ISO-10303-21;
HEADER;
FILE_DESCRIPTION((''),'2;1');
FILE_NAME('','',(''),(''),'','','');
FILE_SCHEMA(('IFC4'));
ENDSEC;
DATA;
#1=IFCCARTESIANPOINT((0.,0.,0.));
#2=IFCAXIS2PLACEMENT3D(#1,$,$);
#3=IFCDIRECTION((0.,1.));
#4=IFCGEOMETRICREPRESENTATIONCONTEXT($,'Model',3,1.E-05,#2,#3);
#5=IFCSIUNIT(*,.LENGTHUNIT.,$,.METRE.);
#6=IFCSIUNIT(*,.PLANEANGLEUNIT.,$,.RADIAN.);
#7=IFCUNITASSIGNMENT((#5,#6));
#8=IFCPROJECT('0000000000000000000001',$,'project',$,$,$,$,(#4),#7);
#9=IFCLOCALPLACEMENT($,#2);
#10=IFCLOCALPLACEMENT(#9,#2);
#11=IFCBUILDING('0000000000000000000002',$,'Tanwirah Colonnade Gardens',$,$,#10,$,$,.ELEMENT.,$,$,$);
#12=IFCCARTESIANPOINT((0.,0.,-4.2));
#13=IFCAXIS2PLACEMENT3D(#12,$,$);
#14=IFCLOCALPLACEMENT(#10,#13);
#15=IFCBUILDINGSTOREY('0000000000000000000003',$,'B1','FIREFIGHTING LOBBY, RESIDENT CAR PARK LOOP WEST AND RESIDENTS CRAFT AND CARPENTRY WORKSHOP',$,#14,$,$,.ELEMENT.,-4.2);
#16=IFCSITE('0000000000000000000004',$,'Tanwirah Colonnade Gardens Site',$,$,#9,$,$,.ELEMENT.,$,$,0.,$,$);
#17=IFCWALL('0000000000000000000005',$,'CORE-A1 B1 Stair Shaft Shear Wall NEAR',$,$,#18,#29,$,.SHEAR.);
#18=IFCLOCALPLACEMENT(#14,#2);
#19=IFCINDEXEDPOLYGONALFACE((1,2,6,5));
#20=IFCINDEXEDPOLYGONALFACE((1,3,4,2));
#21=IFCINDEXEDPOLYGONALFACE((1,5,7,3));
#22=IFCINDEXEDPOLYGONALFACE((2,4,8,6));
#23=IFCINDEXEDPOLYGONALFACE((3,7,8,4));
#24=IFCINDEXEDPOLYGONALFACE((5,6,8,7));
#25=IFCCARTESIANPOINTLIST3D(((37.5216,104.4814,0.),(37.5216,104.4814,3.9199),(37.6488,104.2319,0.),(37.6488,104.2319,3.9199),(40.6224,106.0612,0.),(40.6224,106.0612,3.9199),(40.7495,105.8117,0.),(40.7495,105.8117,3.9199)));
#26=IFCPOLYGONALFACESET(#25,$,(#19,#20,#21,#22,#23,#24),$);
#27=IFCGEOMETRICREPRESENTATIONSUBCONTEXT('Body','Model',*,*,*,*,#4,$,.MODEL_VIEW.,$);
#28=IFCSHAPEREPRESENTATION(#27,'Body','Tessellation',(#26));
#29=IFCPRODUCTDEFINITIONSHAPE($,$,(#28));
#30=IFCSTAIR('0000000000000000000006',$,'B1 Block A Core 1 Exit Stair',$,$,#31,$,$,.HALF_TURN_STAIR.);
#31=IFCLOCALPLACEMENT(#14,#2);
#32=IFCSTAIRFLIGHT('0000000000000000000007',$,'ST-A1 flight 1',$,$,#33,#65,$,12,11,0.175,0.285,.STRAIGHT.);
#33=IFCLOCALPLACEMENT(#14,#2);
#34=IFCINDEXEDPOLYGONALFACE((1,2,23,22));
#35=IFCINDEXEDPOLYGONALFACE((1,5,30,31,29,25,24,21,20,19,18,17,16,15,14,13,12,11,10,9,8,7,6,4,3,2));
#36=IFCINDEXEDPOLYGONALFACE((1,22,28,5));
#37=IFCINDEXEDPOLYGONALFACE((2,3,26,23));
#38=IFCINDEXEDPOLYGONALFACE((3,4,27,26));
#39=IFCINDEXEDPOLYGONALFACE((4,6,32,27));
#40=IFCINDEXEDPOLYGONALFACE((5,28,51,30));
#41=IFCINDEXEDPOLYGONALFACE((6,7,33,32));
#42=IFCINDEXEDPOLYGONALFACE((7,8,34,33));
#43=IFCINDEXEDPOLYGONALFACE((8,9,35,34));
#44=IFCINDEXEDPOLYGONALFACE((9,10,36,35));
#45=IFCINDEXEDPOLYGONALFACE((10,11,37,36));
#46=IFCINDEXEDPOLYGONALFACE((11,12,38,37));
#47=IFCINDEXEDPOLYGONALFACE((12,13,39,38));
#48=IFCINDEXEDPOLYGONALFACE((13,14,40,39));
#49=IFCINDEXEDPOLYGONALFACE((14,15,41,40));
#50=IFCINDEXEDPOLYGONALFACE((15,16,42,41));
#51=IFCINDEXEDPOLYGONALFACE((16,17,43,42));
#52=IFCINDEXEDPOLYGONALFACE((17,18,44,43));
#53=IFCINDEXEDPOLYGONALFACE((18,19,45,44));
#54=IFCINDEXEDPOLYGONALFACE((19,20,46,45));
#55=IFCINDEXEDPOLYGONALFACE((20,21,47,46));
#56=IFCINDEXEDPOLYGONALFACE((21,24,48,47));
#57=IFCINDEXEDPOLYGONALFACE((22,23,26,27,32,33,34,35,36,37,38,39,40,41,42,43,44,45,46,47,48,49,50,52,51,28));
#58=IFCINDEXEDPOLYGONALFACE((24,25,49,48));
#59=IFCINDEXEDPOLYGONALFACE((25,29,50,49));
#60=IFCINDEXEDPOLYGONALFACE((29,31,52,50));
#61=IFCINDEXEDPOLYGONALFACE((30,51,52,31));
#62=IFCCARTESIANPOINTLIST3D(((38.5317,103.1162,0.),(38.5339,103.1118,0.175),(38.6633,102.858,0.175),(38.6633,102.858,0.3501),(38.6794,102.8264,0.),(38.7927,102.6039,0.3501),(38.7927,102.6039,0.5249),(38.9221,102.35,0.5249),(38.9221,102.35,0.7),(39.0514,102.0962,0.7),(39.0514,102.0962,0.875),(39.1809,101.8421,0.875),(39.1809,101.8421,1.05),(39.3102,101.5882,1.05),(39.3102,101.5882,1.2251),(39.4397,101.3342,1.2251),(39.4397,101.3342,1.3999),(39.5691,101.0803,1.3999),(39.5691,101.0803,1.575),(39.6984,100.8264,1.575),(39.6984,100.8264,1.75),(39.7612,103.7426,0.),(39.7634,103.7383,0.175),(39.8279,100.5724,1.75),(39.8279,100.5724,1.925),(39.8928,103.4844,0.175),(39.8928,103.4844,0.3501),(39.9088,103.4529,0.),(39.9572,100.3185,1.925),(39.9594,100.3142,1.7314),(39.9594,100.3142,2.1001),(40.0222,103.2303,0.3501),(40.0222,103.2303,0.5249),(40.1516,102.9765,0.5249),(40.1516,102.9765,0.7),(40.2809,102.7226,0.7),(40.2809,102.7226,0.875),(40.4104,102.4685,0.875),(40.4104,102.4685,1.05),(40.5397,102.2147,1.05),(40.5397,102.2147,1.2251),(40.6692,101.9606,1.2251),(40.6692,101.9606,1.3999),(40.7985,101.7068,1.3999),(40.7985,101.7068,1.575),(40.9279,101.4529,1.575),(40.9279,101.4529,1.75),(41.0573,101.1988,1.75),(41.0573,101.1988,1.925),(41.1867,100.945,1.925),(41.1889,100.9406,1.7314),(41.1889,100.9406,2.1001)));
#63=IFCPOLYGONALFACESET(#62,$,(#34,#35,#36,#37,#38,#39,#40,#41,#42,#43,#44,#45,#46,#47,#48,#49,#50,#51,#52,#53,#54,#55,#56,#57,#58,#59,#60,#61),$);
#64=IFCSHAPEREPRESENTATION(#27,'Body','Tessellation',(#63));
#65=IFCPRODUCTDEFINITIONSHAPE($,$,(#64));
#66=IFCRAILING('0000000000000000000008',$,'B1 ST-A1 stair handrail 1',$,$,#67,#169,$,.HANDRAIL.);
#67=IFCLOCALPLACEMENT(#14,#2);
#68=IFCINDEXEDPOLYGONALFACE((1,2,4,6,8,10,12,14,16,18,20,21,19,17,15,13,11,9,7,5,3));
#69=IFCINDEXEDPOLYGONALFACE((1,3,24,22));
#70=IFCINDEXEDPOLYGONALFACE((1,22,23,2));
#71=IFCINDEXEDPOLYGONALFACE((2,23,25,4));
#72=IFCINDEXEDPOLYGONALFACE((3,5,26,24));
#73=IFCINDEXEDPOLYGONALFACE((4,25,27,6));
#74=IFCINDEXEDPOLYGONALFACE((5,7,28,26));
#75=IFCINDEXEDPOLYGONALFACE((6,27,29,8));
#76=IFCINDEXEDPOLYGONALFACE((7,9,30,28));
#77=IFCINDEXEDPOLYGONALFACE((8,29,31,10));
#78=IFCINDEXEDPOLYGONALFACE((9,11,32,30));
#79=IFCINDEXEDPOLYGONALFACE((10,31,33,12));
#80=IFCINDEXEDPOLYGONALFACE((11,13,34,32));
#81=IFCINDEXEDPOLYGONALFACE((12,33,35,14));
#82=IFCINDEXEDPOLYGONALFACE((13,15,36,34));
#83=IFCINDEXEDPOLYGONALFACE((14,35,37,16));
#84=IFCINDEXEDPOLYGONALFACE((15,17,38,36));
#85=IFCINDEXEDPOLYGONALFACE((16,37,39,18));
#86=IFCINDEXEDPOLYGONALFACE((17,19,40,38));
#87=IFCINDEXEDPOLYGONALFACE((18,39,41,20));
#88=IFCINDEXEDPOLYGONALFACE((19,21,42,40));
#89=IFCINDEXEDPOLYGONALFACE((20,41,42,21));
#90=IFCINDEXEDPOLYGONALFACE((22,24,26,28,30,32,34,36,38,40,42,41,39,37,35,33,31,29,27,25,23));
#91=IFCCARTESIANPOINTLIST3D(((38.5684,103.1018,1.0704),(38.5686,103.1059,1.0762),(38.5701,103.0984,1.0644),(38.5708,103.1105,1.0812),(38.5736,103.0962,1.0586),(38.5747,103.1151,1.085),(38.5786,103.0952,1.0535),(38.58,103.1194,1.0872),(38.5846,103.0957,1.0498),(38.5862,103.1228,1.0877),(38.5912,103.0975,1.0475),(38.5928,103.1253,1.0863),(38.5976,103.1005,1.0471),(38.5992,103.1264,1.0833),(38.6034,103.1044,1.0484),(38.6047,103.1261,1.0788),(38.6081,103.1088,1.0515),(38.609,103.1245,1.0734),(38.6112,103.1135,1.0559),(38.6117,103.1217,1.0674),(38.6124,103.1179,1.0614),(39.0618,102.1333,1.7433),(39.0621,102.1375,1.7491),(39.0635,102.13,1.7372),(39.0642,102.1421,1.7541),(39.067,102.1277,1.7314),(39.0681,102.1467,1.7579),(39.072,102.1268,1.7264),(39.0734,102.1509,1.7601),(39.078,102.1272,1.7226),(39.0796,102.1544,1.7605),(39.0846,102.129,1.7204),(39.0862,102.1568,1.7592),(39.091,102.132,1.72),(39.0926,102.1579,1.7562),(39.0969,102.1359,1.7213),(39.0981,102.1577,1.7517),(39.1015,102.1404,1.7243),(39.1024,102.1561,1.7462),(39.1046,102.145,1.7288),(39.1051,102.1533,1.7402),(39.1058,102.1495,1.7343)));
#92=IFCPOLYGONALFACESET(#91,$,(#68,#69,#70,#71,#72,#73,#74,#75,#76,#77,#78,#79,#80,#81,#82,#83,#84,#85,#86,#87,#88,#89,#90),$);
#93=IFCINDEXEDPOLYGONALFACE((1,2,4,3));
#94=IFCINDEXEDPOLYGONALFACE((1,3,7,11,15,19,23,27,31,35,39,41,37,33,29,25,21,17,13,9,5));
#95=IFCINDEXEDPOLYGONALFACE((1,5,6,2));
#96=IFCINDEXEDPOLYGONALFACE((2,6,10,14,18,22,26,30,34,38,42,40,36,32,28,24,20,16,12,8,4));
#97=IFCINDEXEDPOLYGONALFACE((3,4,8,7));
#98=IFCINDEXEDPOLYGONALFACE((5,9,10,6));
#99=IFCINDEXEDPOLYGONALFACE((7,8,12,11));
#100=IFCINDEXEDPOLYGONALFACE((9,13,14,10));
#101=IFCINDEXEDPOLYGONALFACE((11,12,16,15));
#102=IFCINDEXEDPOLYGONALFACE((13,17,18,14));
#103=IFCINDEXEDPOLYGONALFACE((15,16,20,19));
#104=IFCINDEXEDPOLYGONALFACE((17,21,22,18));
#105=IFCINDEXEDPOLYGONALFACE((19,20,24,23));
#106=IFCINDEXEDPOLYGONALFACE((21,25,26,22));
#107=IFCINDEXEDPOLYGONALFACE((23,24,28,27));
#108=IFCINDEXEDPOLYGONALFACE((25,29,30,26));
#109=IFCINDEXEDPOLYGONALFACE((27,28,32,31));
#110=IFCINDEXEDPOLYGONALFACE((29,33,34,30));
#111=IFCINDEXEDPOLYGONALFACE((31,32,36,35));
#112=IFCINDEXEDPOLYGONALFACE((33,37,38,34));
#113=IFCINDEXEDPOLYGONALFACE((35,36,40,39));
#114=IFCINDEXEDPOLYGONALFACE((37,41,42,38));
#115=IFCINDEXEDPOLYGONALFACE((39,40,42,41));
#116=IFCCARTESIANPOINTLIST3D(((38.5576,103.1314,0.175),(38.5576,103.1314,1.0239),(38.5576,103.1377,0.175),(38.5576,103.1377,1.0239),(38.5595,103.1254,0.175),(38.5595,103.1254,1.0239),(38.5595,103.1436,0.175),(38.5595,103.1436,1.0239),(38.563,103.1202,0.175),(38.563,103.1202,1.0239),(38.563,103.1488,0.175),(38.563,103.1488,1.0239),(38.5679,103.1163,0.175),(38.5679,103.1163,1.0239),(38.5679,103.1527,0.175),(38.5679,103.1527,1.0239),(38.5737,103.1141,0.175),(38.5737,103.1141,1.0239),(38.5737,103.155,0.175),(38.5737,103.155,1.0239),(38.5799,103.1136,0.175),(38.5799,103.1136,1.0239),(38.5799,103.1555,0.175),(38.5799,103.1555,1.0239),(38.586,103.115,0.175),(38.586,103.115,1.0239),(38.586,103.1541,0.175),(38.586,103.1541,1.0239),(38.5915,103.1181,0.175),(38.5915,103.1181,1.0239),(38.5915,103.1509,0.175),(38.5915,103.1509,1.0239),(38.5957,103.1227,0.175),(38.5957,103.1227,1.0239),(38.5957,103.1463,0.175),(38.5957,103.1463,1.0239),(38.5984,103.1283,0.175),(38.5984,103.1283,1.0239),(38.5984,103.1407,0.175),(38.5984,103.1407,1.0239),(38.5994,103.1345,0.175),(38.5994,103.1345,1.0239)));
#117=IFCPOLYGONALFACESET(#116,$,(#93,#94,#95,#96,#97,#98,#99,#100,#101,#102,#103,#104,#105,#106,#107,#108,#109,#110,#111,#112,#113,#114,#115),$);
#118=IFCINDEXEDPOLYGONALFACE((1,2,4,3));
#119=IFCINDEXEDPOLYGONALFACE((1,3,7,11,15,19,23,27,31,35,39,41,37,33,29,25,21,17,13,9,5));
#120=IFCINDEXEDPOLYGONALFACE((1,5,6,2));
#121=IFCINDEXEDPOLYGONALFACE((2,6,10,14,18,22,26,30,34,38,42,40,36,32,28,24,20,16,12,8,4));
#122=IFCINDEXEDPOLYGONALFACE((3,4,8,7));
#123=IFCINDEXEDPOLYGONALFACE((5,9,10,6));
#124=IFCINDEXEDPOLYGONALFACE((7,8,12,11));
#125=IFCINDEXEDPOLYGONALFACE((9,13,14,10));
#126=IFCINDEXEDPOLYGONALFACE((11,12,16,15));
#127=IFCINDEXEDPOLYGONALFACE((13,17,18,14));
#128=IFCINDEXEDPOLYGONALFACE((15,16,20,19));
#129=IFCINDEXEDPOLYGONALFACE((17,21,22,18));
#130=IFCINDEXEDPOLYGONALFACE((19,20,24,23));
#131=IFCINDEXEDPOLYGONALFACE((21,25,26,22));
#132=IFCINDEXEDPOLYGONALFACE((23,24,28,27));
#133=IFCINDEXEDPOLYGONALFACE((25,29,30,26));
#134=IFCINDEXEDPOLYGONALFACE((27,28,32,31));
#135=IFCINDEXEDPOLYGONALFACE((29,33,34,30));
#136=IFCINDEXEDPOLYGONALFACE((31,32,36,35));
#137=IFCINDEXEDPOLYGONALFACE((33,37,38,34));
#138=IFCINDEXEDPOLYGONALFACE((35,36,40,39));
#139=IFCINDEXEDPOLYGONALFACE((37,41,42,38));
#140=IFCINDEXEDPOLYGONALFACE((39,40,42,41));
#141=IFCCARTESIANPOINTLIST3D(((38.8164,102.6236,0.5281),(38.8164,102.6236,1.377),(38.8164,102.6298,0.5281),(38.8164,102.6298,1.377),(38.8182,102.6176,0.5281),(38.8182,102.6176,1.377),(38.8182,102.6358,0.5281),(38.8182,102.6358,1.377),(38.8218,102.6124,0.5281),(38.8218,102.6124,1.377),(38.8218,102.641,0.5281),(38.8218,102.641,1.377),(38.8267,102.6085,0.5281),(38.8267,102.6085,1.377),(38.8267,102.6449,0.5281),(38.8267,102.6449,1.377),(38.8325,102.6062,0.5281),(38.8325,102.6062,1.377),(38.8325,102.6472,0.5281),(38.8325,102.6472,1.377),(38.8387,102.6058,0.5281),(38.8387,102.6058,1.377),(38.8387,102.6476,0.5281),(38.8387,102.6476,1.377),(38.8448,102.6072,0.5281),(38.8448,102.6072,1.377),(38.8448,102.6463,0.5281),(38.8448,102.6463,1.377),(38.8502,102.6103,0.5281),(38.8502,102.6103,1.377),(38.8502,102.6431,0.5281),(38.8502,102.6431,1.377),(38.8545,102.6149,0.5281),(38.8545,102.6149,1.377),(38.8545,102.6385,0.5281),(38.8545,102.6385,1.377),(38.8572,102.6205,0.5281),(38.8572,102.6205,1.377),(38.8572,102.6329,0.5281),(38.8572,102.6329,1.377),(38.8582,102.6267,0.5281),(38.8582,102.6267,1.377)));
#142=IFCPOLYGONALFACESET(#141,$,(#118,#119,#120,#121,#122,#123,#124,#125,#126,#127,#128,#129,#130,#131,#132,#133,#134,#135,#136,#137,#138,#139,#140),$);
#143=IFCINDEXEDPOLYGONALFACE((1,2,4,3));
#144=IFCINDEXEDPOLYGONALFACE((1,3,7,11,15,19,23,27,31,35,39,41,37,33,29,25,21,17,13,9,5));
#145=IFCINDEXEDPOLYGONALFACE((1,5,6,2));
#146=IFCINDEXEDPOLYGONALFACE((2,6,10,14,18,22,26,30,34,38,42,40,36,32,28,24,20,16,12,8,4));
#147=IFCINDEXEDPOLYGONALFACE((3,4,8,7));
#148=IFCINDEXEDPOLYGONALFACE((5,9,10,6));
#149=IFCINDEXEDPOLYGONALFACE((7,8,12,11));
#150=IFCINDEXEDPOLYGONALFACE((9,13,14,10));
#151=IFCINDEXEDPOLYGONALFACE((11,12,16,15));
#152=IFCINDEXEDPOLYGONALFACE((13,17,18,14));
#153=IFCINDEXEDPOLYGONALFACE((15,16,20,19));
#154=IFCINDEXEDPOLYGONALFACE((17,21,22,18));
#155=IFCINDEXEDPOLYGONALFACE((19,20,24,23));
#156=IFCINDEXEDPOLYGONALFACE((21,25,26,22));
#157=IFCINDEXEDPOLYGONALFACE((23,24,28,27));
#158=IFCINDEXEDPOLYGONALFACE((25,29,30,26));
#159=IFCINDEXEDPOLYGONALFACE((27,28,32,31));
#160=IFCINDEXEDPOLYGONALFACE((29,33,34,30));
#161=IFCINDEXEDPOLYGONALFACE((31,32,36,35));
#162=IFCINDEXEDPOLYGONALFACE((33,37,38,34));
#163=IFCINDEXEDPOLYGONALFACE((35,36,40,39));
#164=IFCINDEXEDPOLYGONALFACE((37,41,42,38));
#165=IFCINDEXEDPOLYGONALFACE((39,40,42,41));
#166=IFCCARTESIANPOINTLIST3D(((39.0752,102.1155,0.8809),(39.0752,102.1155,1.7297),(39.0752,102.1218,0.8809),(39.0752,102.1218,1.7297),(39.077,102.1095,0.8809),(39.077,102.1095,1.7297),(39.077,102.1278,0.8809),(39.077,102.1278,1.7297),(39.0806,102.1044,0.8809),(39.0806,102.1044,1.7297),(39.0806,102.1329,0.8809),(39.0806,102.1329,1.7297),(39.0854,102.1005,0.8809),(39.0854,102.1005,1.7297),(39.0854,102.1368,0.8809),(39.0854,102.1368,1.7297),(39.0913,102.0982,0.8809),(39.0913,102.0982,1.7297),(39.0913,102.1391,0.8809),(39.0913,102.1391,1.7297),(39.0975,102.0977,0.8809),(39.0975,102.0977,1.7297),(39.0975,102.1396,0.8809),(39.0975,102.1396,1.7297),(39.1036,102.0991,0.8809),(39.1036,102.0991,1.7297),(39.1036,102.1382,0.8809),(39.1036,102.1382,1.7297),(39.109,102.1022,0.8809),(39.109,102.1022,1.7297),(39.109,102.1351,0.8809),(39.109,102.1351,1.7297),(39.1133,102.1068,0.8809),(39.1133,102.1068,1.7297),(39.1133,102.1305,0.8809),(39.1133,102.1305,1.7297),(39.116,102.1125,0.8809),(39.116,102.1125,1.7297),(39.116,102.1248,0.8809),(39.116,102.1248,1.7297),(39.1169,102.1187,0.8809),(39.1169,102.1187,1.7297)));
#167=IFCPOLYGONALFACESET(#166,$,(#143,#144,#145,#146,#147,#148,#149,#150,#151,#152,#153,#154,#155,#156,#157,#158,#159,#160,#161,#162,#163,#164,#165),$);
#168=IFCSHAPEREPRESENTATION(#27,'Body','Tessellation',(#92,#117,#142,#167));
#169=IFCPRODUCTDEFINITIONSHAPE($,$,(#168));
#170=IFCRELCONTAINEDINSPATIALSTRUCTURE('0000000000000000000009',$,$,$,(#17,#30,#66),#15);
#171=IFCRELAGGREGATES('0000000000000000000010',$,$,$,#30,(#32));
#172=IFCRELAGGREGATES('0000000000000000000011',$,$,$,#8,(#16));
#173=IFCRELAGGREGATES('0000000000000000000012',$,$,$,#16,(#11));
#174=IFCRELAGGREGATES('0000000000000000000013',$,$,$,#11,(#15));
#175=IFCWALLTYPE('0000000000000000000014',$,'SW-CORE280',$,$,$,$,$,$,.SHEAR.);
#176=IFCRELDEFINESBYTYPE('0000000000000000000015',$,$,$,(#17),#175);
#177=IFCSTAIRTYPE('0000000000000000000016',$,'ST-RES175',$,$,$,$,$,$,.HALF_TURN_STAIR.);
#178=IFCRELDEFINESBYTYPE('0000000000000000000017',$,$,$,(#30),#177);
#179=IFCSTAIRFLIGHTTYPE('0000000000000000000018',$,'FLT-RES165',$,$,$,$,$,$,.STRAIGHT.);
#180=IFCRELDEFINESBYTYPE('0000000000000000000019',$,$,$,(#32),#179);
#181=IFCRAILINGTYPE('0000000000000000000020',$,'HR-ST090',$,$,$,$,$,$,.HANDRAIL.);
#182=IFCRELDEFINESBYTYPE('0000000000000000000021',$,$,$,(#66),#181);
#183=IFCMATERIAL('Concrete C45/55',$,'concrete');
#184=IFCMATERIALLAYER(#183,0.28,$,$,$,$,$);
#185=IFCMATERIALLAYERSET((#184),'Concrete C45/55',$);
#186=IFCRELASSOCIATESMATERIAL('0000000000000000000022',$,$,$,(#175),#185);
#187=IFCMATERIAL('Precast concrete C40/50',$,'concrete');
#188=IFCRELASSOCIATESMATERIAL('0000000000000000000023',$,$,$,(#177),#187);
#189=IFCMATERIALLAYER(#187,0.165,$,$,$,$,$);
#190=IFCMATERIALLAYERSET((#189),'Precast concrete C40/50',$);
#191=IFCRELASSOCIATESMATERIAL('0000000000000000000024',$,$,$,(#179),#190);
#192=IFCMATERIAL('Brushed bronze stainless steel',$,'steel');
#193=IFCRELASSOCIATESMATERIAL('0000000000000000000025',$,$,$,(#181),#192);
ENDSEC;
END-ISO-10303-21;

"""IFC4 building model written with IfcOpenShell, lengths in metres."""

from ifc_helpers import new_model, si_unit, direction, frame, frame_2d, origin, origin_2d, place, context, subcontext, project, spatial, polyline, rectangle, circle, outline, extrude, material, layer, layer_set, type_object, element, aggregate, save


model = new_model("IFC4")

# Units and contexts
model_context = context("Model", 3, precision=1e-05, world=origin(), true_north=direction((0.0, 1.0)))
body_context = subcontext(model_context, "Body", "Model", "MODEL_VIEW")
ifc_project = project(units=[si_unit("LENGTHUNIT", "METRE"), si_unit("PLANEANGLEUNIT", "RADIAN")], contexts=[model_context])

# Site, building, storey
site_placement = place(None, origin())
site = spatial("IfcSite", under=ifc_project, at=site_placement, Name="Tanwirah Colonnade Gardens Site", CompositionType="ELEMENT", RefElevation=0.0)
building_placement = place(site_placement, origin())
building = spatial("IfcBuilding", under=site, at=building_placement, Name="Tanwirah Colonnade Gardens", CompositionType="ELEMENT")
storey_placement = place(building_placement, frame((0.0, 0.0, -4.2)))
storey = spatial("IfcBuildingStorey", under=building, at=storey_placement, Name="B1", Description="FIREFIGHTING LOBBY, RESIDENT CAR PARK LOOP WEST AND RESIDENTS CRAFT AND CARPENTRY WORKSHOP", CompositionType="ELEMENT", Elevation=-4.2)

# Shared definitions
ifc_material_1 = material(Name="Concrete C45/55", Category="concrete")

# Shared definitions
ifc_material_2 = material(Name="Precast concrete C40/50", Category="concrete")

# Wall
ifc_layer_1 = layer(ifc_material_1, 0.28)
ifc_layer_set_1 = layer_set([ifc_layer_1], Name="Concrete C45/55")
wall_type = type_object("IfcWallType", Name="SW-CORE280", PredefinedType="SHEAR", material=ifc_layer_set_1)
wall_1_placement = place(storey_placement, frame((37.5852, 104.3567, 0.0), z_axis=(0.0, 0.0, 1.0), x_axis=(0.89102, 0.453964, 0.0)))
element("IfcWall", 1, at=wall_1_placement, inside=storey, type_object=wall_type, Name="CORE-A1 B1 Stair Shaft Shear Wall NEAR", PredefinedType="SHEAR", context=body_context, shape_type="SweptSolid", body=[
    extrude(rectangle(XDim=3.48, YDim=0.28, at=frame_2d((1.74, 0.0))), origin(), (0.0, 0.0, 1.0), 3.9199),
])

# Stair, stair flight
stair_type = type_object("IfcStairType", Name="ST-RES175", PredefinedType="HALF_TURN_STAIR", material=ifc_material_2)
stair_placement = place(storey_placement, origin())
stair = element("IfcStair", 2, at=stair_placement, inside=storey, type_object=stair_type, Name="B1 Block A Core 1 Exit Stair", PredefinedType="HALF_TURN_STAIR")
ifc_layer_2 = layer(ifc_material_2, 0.165)
ifc_layer_set_2 = layer_set([ifc_layer_2], Name="Precast concrete C40/50")
stair_flight_type = type_object("IfcStairFlightType", Name="FLT-RES165", PredefinedType="STRAIGHT", material=ifc_layer_set_2)
stair_flight_placement = place(storey_placement, frame((39.1487, 103.425, 0.0), z_axis=(0.0, 0.0, 1.0), x_axis=(0.45399, -0.891007, 0.0)))
stair_flight = element("IfcStairFlight", 3, at=stair_flight_placement, type_object=stair_flight_type, Name="ST-A1 flight 1", NumberOfRisers=12, NumberOfTreads=11, PredefinedType="STRAIGHT", RiserHeight=0.175, TreadLength=0.285, context=body_context, shape_type="SweptSolid", body=[
    extrude(outline(polyline([(-0.0049, 0.0), (0.0, 0.175), (0.2849, 0.175), (0.2849, 0.3501), (0.5701, 0.3501), (0.5701, 0.5249), (0.855, 0.5249), (0.855, 0.7), (1.1399, 0.7), (1.1399, 0.875), (1.425, 0.875), (1.425, 1.05), (1.71, 1.05), (1.71, 1.2251), (1.9951, 1.2251), (1.9951, 1.3999), (2.28, 1.3999), (2.28, 1.575), (2.5649, 1.575), (2.5649, 1.75), (2.8501, 1.75), (2.8501, 1.925), (3.135, 1.925), (3.1399, 2.1001), (3.1399, 1.7314), (0.3203, 0.0), (-0.0049, 0.0)])), frame((0.0, 0.6899, 0.0), z_axis=(0.0, -1.0, 0.0), x_axis=(1.0, 0.0, 0.0)), (0.0, 0.0, 1.0), 1.3799),
])
aggregate(stair, [stair_flight])

# Railing
ifc_material_3 = material(Name="Brushed bronze stainless steel", Category="steel")
railing_type = type_object("IfcRailingType", Name="HR-ST090", PredefinedType="HANDRAIL", material=ifc_material_3)
railing_placement = place(storey_placement, frame((38.5784, 103.1345, 0.175)))
element("IfcRailing", 4, at=railing_placement, inside=storey, type_object=railing_type, Name="B1 ST-A1 stair handrail 1", PredefinedType="HANDRAIL", context=body_context, shape_type="SweptSolid", body=[
    extrude(circle(Radius=0.0239, at=origin_2d()), frame((0.012, -0.0237, 0.8923), z_axis=(0.38599, -0.757596, 0.526366), x_axis=(0.891018, 0.453967, 0.0)), (0.0, 0.0, 1.0), 1.2783),
    extrude(circle(Radius=0.021, at=origin_2d()), origin(), (0.0, 0.0, 1.0), 0.8489),
    extrude(circle(Radius=0.021, at=origin_2d()), frame((0.2588, -0.5078, 0.353)), (0.0, 0.0, 1.0), 0.8489),
    extrude(circle(Radius=0.021, at=origin_2d()), frame((0.5176, -1.0159, 0.7058)), (0.0, 0.0, 1.0), 0.8489),
])

save(model, "model.ifc")
